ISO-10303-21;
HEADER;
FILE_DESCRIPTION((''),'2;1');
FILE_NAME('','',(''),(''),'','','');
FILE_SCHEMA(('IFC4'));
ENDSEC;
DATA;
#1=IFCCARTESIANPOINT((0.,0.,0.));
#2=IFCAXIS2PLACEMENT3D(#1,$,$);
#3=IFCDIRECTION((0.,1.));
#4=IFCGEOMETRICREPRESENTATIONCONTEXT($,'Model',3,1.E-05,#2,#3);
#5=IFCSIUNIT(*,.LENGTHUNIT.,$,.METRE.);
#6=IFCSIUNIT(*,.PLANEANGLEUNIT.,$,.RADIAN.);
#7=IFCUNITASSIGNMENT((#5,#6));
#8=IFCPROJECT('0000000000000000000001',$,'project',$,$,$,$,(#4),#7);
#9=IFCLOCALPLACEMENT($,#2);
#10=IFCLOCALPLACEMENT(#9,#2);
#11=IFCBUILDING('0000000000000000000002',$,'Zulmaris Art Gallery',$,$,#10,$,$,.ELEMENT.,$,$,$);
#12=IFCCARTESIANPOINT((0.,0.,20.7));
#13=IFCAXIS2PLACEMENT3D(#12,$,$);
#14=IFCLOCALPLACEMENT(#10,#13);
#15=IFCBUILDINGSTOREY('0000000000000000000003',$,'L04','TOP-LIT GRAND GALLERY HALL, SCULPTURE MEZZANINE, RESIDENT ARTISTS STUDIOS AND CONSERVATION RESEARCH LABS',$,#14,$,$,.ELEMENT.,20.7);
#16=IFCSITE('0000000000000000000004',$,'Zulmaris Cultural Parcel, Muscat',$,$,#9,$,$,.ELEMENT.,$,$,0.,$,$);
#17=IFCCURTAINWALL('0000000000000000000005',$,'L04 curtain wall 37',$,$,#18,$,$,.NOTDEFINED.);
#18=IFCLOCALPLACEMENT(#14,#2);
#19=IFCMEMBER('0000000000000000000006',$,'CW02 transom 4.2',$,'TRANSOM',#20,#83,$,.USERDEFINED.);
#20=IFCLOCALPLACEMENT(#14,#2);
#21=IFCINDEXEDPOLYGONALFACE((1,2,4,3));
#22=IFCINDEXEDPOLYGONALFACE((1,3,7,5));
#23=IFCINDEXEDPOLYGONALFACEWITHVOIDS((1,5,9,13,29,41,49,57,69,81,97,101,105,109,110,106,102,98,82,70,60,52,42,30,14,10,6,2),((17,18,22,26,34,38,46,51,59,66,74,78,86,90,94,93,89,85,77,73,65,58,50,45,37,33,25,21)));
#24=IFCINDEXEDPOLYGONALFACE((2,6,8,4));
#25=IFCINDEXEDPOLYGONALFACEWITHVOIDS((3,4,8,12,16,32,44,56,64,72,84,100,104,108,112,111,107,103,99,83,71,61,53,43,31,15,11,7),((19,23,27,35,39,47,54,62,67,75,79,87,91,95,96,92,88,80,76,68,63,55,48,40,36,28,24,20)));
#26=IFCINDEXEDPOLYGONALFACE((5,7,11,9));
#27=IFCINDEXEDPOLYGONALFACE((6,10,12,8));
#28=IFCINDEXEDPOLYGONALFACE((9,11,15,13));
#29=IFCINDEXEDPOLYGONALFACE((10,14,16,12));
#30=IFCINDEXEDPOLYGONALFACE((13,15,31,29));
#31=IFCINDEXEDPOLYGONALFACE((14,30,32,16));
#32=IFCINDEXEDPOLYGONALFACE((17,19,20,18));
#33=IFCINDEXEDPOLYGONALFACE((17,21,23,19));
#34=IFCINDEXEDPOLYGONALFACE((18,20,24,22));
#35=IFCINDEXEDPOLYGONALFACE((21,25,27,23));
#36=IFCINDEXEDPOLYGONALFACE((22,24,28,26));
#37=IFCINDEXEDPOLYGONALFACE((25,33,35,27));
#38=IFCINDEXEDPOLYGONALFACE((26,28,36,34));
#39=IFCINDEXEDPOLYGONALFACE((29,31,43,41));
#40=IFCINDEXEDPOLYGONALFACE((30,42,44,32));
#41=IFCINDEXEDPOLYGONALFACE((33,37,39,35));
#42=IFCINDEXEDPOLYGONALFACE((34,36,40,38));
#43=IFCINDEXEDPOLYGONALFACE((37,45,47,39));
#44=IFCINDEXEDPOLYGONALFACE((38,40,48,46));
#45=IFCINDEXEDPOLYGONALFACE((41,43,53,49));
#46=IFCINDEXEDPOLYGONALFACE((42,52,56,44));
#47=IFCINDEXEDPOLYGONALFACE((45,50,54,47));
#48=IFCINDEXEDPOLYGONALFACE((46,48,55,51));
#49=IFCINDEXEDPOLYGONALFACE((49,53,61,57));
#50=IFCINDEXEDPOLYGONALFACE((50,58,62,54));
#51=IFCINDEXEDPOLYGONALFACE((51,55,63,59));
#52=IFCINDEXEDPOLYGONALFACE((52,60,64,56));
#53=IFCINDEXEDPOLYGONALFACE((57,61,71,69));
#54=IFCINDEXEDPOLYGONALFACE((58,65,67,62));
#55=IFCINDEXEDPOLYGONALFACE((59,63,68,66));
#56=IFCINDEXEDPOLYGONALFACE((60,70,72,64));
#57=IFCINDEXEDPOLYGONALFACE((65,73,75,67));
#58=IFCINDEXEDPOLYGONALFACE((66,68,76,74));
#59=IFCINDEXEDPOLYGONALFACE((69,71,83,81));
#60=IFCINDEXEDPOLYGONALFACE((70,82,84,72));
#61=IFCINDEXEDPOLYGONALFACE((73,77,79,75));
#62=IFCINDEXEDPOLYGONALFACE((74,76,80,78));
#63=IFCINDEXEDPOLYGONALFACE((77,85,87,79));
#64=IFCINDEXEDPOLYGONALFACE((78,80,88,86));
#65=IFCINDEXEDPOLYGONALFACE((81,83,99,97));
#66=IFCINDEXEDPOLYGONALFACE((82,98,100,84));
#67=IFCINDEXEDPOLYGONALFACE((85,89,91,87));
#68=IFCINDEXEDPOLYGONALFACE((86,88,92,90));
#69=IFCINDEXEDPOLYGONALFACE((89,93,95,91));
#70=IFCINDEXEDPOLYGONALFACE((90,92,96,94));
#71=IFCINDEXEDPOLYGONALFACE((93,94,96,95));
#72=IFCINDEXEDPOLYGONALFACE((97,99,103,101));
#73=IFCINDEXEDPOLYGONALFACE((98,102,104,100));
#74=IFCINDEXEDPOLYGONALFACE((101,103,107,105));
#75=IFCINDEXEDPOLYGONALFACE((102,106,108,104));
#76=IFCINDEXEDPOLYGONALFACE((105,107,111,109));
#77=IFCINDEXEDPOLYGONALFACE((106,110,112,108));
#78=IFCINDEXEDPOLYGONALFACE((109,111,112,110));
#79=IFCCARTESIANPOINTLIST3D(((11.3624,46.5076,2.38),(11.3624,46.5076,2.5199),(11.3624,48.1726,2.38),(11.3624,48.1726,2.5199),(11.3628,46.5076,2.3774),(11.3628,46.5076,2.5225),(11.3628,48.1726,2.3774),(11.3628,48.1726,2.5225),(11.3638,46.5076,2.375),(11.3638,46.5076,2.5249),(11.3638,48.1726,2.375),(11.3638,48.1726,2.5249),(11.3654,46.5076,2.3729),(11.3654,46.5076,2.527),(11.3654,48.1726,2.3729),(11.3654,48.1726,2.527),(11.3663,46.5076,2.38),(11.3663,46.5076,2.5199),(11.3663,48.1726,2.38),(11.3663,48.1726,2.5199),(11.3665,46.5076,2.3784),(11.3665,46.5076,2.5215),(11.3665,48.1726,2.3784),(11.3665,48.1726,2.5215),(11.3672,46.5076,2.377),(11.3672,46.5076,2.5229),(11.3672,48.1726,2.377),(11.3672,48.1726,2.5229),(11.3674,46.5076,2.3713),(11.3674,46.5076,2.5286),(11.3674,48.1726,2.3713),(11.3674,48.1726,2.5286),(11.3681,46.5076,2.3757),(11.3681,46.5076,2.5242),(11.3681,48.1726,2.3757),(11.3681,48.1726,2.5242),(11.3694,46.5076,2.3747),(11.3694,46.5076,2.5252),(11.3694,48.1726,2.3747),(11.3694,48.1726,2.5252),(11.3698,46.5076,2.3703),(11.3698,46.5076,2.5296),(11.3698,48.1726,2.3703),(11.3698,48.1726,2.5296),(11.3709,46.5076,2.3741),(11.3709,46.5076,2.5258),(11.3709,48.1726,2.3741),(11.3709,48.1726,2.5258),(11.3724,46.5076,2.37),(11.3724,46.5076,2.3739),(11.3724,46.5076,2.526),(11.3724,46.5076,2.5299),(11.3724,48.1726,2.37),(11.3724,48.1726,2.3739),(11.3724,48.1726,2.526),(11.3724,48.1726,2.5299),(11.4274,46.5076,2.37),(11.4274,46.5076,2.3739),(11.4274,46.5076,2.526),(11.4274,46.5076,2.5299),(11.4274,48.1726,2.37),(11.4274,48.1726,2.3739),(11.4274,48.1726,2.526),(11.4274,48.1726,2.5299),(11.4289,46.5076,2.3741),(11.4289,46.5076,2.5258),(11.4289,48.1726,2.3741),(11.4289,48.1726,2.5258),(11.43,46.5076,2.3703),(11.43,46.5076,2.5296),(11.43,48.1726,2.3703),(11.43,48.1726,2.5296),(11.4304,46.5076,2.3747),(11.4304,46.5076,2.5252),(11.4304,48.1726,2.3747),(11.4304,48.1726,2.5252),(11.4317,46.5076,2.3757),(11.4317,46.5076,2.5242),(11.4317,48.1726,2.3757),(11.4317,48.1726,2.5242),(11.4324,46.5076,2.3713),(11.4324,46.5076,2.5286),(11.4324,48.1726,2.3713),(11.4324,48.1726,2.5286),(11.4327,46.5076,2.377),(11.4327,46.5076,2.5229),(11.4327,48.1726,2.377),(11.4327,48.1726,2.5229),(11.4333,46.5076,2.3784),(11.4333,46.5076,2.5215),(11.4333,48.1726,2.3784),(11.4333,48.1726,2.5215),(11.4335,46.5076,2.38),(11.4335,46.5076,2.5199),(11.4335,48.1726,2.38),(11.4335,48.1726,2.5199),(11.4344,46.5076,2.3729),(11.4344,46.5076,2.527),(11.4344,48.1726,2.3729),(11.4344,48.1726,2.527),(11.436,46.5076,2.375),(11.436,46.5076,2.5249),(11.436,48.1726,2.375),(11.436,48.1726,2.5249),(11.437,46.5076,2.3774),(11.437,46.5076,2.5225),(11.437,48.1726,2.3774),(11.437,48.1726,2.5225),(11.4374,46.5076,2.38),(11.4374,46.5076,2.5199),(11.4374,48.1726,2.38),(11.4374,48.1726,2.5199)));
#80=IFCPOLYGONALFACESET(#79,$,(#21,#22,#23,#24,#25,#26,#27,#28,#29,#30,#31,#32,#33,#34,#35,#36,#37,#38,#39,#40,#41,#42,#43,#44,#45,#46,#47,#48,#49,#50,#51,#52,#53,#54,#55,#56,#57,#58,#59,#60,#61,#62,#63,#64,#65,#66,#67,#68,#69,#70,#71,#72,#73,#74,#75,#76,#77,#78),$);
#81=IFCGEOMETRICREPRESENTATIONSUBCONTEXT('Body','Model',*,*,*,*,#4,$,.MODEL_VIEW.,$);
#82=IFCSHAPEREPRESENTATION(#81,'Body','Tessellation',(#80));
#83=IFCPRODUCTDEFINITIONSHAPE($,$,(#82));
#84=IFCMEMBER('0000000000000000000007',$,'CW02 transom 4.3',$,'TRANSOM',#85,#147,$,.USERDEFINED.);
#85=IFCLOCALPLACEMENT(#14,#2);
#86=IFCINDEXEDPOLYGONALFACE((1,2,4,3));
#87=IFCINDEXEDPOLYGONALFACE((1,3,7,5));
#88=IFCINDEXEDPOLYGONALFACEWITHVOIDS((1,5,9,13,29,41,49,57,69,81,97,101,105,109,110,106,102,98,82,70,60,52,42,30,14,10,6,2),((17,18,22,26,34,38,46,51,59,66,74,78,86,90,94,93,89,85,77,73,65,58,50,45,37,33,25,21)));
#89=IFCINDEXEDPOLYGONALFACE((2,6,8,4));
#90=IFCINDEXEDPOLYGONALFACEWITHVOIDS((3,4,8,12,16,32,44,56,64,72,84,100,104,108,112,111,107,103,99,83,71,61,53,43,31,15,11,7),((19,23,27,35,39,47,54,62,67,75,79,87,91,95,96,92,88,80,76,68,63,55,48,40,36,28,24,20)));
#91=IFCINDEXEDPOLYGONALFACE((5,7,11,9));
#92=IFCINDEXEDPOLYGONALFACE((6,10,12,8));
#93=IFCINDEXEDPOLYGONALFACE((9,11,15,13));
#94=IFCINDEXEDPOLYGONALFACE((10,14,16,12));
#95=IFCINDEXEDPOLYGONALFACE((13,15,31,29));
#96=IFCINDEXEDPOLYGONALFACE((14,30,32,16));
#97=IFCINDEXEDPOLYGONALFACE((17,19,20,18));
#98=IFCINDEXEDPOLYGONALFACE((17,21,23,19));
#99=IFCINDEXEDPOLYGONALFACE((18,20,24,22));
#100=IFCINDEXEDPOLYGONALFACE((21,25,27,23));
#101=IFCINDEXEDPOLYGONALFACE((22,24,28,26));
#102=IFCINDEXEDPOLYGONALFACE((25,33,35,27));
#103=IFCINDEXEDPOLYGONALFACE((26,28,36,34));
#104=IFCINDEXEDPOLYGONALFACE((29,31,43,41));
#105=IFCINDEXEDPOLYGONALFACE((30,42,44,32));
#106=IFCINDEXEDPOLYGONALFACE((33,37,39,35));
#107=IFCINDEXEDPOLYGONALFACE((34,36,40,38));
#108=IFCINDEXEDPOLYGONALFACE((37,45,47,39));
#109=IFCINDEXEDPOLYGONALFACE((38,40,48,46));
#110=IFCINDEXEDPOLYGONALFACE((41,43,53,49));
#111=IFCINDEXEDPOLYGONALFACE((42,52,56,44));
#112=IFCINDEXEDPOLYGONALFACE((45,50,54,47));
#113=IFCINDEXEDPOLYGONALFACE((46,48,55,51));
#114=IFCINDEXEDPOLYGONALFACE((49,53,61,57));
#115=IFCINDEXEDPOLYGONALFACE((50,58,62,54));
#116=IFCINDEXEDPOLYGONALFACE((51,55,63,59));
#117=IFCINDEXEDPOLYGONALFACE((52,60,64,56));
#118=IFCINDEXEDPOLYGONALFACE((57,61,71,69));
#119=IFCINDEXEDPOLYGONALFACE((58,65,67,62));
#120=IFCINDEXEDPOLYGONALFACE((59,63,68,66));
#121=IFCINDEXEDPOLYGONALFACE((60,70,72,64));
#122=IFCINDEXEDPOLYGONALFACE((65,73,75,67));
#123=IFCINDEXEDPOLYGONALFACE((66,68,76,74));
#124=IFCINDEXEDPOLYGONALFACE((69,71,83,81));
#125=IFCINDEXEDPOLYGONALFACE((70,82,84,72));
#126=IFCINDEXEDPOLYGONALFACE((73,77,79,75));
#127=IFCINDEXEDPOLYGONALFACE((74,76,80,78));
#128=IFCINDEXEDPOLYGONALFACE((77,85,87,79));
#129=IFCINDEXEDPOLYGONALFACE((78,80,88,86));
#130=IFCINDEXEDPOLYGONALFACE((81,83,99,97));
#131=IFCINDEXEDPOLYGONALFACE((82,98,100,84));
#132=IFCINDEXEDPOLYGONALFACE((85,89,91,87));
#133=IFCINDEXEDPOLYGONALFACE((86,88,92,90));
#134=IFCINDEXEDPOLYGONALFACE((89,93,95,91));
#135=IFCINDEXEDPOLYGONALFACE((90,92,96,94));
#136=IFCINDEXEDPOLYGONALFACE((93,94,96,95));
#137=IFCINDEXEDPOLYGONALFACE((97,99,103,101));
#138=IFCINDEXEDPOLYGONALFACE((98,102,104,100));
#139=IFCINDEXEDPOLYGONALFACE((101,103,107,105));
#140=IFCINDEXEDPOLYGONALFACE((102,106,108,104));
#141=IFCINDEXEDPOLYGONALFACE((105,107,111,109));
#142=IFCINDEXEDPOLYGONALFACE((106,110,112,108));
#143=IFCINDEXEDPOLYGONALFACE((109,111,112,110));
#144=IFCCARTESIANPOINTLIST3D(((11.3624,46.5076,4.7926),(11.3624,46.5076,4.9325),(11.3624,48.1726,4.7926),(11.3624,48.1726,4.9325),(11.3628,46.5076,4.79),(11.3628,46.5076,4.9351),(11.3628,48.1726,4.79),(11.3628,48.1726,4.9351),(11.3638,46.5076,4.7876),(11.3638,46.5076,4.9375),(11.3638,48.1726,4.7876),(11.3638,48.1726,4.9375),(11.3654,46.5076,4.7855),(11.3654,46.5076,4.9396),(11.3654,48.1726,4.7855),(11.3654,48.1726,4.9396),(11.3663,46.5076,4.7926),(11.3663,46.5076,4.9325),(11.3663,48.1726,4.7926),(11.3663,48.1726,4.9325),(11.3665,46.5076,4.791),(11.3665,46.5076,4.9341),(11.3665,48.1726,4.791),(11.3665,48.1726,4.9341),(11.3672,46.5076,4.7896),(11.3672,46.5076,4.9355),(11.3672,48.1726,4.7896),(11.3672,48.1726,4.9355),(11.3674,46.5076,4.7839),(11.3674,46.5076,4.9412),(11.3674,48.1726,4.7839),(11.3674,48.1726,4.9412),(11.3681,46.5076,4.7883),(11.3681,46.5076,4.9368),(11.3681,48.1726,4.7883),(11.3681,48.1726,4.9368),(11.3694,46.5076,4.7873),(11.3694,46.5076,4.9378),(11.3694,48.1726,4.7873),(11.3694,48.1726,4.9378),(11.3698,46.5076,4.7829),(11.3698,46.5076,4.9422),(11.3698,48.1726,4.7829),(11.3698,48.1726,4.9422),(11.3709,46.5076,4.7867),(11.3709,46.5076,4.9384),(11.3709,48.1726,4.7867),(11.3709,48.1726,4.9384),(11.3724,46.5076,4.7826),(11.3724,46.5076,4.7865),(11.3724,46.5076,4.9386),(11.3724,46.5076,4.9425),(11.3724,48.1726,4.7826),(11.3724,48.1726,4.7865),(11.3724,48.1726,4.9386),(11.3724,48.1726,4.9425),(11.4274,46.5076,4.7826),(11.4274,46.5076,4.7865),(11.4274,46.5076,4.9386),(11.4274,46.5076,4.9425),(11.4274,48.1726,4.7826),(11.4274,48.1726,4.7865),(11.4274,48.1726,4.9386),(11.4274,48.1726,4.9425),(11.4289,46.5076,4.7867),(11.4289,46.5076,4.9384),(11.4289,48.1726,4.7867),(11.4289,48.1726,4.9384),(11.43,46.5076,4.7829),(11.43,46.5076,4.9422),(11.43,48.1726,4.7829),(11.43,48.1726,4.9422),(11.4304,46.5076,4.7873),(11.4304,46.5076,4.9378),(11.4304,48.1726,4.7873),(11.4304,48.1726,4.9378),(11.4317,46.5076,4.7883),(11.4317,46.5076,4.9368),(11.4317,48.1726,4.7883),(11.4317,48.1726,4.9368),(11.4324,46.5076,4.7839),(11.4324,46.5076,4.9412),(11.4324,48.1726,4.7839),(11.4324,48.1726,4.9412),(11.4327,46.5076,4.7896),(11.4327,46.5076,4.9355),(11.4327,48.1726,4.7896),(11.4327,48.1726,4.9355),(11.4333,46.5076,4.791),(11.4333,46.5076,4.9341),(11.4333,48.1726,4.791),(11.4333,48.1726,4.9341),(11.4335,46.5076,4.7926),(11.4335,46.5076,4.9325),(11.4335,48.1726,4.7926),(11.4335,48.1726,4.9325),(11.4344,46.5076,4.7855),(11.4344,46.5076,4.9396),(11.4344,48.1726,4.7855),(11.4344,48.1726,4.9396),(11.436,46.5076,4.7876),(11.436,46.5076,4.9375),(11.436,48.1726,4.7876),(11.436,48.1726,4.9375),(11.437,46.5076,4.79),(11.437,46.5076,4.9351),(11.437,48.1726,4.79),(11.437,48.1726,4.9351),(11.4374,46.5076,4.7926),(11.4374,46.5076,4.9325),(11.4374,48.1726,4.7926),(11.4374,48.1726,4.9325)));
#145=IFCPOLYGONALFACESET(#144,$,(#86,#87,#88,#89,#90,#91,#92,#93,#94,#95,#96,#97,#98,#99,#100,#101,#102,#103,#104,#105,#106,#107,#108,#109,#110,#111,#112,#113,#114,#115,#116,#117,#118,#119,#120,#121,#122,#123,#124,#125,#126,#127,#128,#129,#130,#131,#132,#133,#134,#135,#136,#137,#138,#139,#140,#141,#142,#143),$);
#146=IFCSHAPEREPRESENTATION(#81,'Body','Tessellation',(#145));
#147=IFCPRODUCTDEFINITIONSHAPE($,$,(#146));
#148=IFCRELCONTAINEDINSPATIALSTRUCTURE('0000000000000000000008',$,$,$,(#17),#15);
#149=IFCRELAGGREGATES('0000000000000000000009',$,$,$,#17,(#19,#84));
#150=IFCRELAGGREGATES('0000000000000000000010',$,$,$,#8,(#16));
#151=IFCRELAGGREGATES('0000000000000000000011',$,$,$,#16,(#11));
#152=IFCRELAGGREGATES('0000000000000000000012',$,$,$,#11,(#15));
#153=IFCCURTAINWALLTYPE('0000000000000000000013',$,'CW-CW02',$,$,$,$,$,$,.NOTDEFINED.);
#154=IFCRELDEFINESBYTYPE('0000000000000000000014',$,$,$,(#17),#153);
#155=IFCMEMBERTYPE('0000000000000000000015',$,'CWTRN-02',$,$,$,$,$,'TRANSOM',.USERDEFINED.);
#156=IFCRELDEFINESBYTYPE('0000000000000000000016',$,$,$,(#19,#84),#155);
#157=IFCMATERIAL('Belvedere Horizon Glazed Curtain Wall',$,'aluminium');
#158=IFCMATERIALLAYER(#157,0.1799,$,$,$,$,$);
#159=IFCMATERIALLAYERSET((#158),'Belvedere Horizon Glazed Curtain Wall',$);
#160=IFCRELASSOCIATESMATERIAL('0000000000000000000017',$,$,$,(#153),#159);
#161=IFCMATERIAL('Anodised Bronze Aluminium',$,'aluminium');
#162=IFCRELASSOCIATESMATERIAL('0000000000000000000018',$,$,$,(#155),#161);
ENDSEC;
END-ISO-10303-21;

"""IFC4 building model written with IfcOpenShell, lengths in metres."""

from ifc_helpers import new_model, si_unit, direction, frame, origin, origin_2d, place, context, subcontext, project, spatial, hollow_rectangle, extrude, material, layer, layer_set, material_profile, profile_set, type_object, element, aggregate, save


model = new_model("IFC4")

# Units and contexts
model_context = context("Model", 3, precision=1e-05, world=origin(), true_north=direction((0.0, 1.0)))
body_context = subcontext(model_context, "Body", "Model", "MODEL_VIEW")
ifc_project = project(units=[si_unit("LENGTHUNIT", "METRE"), si_unit("PLANEANGLEUNIT", "RADIAN")], contexts=[model_context])

# Site, building, storey
site_placement = place(None, origin())
site = spatial("IfcSite", under=ifc_project, at=site_placement, Name="Zulmaris Cultural Parcel, Muscat", CompositionType="ELEMENT", RefElevation=0.0)
building_placement = place(site_placement, origin())
building = spatial("IfcBuilding", under=site, at=building_placement, Name="Zulmaris Art Gallery", CompositionType="ELEMENT")
storey_placement = place(building_placement, frame((0.0, 0.0, 20.7)))
storey = spatial("IfcBuildingStorey", under=building, at=storey_placement, Name="L04", Description="TOP-LIT GRAND GALLERY HALL, SCULPTURE MEZZANINE, RESIDENT ARTISTS STUDIOS AND CONSERVATION RESEARCH LABS", CompositionType="ELEMENT", Elevation=20.7)

# Curtain wall, members
ifc_material_1 = material(Name="Belvedere Horizon Glazed Curtain Wall", Category="aluminium")
ifc_layer_1 = layer(ifc_material_1, 0.1799)
ifc_layer_set_1 = layer_set([ifc_layer_1], Name="Belvedere Horizon Glazed Curtain Wall")
curtain_wall_type = type_object("IfcCurtainWallType", Name="CW-CW02", PredefinedType="NOTDEFINED", material=ifc_layer_set_1)
curtain_wall_placement = place(storey_placement, origin())
curtain_wall = element("IfcCurtainWall", 1, at=curtain_wall_placement, inside=storey, type_object=curtain_wall_type, Name="L04 curtain wall 37", PredefinedType="NOTDEFINED")
ifc_material_2 = material(Name="Anodised Bronze Aluminium", Category="aluminium")
ifc_material_profile_1 = material_profile(ifc_material_2, hollow_rectangle(XDim=0.075, YDim=0.1599, WallThickness=0.0039, InnerFilletRadius=0.0061, OuterFilletRadius=0.01, at=origin_2d()), Name="ALU 75x160x4")
ifc_profile_set_1 = profile_set([ifc_material_profile_1], Name="Anodised Bronze Aluminium")
member_type_1 = type_object("IfcMemberType", Name="CWTRN-02", ElementType="TRANSOM", PredefinedType="USERDEFINED", material=ifc_profile_set_1)
member_1_placement = place(storey_placement, frame((11.3999, 46.5076, 2.45), z_axis=(0.0, 1.0, 0.0), x_axis=(-1.0, 0.0, 0.0)))
member_1 = element("IfcMember", 2, at=member_1_placement, type_object=member_type_1, Name="CW02 transom 4.2", ObjectType="TRANSOM", PredefinedType="USERDEFINED", context=body_context, shape_type="SweptSolid", body=[
    extrude(hollow_rectangle(XDim=0.075, YDim=0.1599, WallThickness=0.0039, InnerFilletRadius=0.0061, OuterFilletRadius=0.01, at=origin_2d()), origin(), (0.0, 0.0, 1.0), 1.665),
])
member_2_placement = place(storey_placement, frame((11.3999, 46.5076, 4.8625), z_axis=(0.0, 1.0, 0.0), x_axis=(-1.0, 0.0, 0.0)))
member_2 = element("IfcMember", 3, at=member_2_placement, type_object=member_type_1, Name="CW02 transom 4.3", ObjectType="TRANSOM", PredefinedType="USERDEFINED", context=body_context, shape_type="SweptSolid", body=[
    extrude(hollow_rectangle(XDim=0.075, YDim=0.1599, WallThickness=0.0039, InnerFilletRadius=0.0061, OuterFilletRadius=0.01, at=origin_2d()), origin(), (0.0, 0.0, 1.0), 1.665),
])

aggregate(curtain_wall, [member_1, member_2])

save(model, "model.ifc")
